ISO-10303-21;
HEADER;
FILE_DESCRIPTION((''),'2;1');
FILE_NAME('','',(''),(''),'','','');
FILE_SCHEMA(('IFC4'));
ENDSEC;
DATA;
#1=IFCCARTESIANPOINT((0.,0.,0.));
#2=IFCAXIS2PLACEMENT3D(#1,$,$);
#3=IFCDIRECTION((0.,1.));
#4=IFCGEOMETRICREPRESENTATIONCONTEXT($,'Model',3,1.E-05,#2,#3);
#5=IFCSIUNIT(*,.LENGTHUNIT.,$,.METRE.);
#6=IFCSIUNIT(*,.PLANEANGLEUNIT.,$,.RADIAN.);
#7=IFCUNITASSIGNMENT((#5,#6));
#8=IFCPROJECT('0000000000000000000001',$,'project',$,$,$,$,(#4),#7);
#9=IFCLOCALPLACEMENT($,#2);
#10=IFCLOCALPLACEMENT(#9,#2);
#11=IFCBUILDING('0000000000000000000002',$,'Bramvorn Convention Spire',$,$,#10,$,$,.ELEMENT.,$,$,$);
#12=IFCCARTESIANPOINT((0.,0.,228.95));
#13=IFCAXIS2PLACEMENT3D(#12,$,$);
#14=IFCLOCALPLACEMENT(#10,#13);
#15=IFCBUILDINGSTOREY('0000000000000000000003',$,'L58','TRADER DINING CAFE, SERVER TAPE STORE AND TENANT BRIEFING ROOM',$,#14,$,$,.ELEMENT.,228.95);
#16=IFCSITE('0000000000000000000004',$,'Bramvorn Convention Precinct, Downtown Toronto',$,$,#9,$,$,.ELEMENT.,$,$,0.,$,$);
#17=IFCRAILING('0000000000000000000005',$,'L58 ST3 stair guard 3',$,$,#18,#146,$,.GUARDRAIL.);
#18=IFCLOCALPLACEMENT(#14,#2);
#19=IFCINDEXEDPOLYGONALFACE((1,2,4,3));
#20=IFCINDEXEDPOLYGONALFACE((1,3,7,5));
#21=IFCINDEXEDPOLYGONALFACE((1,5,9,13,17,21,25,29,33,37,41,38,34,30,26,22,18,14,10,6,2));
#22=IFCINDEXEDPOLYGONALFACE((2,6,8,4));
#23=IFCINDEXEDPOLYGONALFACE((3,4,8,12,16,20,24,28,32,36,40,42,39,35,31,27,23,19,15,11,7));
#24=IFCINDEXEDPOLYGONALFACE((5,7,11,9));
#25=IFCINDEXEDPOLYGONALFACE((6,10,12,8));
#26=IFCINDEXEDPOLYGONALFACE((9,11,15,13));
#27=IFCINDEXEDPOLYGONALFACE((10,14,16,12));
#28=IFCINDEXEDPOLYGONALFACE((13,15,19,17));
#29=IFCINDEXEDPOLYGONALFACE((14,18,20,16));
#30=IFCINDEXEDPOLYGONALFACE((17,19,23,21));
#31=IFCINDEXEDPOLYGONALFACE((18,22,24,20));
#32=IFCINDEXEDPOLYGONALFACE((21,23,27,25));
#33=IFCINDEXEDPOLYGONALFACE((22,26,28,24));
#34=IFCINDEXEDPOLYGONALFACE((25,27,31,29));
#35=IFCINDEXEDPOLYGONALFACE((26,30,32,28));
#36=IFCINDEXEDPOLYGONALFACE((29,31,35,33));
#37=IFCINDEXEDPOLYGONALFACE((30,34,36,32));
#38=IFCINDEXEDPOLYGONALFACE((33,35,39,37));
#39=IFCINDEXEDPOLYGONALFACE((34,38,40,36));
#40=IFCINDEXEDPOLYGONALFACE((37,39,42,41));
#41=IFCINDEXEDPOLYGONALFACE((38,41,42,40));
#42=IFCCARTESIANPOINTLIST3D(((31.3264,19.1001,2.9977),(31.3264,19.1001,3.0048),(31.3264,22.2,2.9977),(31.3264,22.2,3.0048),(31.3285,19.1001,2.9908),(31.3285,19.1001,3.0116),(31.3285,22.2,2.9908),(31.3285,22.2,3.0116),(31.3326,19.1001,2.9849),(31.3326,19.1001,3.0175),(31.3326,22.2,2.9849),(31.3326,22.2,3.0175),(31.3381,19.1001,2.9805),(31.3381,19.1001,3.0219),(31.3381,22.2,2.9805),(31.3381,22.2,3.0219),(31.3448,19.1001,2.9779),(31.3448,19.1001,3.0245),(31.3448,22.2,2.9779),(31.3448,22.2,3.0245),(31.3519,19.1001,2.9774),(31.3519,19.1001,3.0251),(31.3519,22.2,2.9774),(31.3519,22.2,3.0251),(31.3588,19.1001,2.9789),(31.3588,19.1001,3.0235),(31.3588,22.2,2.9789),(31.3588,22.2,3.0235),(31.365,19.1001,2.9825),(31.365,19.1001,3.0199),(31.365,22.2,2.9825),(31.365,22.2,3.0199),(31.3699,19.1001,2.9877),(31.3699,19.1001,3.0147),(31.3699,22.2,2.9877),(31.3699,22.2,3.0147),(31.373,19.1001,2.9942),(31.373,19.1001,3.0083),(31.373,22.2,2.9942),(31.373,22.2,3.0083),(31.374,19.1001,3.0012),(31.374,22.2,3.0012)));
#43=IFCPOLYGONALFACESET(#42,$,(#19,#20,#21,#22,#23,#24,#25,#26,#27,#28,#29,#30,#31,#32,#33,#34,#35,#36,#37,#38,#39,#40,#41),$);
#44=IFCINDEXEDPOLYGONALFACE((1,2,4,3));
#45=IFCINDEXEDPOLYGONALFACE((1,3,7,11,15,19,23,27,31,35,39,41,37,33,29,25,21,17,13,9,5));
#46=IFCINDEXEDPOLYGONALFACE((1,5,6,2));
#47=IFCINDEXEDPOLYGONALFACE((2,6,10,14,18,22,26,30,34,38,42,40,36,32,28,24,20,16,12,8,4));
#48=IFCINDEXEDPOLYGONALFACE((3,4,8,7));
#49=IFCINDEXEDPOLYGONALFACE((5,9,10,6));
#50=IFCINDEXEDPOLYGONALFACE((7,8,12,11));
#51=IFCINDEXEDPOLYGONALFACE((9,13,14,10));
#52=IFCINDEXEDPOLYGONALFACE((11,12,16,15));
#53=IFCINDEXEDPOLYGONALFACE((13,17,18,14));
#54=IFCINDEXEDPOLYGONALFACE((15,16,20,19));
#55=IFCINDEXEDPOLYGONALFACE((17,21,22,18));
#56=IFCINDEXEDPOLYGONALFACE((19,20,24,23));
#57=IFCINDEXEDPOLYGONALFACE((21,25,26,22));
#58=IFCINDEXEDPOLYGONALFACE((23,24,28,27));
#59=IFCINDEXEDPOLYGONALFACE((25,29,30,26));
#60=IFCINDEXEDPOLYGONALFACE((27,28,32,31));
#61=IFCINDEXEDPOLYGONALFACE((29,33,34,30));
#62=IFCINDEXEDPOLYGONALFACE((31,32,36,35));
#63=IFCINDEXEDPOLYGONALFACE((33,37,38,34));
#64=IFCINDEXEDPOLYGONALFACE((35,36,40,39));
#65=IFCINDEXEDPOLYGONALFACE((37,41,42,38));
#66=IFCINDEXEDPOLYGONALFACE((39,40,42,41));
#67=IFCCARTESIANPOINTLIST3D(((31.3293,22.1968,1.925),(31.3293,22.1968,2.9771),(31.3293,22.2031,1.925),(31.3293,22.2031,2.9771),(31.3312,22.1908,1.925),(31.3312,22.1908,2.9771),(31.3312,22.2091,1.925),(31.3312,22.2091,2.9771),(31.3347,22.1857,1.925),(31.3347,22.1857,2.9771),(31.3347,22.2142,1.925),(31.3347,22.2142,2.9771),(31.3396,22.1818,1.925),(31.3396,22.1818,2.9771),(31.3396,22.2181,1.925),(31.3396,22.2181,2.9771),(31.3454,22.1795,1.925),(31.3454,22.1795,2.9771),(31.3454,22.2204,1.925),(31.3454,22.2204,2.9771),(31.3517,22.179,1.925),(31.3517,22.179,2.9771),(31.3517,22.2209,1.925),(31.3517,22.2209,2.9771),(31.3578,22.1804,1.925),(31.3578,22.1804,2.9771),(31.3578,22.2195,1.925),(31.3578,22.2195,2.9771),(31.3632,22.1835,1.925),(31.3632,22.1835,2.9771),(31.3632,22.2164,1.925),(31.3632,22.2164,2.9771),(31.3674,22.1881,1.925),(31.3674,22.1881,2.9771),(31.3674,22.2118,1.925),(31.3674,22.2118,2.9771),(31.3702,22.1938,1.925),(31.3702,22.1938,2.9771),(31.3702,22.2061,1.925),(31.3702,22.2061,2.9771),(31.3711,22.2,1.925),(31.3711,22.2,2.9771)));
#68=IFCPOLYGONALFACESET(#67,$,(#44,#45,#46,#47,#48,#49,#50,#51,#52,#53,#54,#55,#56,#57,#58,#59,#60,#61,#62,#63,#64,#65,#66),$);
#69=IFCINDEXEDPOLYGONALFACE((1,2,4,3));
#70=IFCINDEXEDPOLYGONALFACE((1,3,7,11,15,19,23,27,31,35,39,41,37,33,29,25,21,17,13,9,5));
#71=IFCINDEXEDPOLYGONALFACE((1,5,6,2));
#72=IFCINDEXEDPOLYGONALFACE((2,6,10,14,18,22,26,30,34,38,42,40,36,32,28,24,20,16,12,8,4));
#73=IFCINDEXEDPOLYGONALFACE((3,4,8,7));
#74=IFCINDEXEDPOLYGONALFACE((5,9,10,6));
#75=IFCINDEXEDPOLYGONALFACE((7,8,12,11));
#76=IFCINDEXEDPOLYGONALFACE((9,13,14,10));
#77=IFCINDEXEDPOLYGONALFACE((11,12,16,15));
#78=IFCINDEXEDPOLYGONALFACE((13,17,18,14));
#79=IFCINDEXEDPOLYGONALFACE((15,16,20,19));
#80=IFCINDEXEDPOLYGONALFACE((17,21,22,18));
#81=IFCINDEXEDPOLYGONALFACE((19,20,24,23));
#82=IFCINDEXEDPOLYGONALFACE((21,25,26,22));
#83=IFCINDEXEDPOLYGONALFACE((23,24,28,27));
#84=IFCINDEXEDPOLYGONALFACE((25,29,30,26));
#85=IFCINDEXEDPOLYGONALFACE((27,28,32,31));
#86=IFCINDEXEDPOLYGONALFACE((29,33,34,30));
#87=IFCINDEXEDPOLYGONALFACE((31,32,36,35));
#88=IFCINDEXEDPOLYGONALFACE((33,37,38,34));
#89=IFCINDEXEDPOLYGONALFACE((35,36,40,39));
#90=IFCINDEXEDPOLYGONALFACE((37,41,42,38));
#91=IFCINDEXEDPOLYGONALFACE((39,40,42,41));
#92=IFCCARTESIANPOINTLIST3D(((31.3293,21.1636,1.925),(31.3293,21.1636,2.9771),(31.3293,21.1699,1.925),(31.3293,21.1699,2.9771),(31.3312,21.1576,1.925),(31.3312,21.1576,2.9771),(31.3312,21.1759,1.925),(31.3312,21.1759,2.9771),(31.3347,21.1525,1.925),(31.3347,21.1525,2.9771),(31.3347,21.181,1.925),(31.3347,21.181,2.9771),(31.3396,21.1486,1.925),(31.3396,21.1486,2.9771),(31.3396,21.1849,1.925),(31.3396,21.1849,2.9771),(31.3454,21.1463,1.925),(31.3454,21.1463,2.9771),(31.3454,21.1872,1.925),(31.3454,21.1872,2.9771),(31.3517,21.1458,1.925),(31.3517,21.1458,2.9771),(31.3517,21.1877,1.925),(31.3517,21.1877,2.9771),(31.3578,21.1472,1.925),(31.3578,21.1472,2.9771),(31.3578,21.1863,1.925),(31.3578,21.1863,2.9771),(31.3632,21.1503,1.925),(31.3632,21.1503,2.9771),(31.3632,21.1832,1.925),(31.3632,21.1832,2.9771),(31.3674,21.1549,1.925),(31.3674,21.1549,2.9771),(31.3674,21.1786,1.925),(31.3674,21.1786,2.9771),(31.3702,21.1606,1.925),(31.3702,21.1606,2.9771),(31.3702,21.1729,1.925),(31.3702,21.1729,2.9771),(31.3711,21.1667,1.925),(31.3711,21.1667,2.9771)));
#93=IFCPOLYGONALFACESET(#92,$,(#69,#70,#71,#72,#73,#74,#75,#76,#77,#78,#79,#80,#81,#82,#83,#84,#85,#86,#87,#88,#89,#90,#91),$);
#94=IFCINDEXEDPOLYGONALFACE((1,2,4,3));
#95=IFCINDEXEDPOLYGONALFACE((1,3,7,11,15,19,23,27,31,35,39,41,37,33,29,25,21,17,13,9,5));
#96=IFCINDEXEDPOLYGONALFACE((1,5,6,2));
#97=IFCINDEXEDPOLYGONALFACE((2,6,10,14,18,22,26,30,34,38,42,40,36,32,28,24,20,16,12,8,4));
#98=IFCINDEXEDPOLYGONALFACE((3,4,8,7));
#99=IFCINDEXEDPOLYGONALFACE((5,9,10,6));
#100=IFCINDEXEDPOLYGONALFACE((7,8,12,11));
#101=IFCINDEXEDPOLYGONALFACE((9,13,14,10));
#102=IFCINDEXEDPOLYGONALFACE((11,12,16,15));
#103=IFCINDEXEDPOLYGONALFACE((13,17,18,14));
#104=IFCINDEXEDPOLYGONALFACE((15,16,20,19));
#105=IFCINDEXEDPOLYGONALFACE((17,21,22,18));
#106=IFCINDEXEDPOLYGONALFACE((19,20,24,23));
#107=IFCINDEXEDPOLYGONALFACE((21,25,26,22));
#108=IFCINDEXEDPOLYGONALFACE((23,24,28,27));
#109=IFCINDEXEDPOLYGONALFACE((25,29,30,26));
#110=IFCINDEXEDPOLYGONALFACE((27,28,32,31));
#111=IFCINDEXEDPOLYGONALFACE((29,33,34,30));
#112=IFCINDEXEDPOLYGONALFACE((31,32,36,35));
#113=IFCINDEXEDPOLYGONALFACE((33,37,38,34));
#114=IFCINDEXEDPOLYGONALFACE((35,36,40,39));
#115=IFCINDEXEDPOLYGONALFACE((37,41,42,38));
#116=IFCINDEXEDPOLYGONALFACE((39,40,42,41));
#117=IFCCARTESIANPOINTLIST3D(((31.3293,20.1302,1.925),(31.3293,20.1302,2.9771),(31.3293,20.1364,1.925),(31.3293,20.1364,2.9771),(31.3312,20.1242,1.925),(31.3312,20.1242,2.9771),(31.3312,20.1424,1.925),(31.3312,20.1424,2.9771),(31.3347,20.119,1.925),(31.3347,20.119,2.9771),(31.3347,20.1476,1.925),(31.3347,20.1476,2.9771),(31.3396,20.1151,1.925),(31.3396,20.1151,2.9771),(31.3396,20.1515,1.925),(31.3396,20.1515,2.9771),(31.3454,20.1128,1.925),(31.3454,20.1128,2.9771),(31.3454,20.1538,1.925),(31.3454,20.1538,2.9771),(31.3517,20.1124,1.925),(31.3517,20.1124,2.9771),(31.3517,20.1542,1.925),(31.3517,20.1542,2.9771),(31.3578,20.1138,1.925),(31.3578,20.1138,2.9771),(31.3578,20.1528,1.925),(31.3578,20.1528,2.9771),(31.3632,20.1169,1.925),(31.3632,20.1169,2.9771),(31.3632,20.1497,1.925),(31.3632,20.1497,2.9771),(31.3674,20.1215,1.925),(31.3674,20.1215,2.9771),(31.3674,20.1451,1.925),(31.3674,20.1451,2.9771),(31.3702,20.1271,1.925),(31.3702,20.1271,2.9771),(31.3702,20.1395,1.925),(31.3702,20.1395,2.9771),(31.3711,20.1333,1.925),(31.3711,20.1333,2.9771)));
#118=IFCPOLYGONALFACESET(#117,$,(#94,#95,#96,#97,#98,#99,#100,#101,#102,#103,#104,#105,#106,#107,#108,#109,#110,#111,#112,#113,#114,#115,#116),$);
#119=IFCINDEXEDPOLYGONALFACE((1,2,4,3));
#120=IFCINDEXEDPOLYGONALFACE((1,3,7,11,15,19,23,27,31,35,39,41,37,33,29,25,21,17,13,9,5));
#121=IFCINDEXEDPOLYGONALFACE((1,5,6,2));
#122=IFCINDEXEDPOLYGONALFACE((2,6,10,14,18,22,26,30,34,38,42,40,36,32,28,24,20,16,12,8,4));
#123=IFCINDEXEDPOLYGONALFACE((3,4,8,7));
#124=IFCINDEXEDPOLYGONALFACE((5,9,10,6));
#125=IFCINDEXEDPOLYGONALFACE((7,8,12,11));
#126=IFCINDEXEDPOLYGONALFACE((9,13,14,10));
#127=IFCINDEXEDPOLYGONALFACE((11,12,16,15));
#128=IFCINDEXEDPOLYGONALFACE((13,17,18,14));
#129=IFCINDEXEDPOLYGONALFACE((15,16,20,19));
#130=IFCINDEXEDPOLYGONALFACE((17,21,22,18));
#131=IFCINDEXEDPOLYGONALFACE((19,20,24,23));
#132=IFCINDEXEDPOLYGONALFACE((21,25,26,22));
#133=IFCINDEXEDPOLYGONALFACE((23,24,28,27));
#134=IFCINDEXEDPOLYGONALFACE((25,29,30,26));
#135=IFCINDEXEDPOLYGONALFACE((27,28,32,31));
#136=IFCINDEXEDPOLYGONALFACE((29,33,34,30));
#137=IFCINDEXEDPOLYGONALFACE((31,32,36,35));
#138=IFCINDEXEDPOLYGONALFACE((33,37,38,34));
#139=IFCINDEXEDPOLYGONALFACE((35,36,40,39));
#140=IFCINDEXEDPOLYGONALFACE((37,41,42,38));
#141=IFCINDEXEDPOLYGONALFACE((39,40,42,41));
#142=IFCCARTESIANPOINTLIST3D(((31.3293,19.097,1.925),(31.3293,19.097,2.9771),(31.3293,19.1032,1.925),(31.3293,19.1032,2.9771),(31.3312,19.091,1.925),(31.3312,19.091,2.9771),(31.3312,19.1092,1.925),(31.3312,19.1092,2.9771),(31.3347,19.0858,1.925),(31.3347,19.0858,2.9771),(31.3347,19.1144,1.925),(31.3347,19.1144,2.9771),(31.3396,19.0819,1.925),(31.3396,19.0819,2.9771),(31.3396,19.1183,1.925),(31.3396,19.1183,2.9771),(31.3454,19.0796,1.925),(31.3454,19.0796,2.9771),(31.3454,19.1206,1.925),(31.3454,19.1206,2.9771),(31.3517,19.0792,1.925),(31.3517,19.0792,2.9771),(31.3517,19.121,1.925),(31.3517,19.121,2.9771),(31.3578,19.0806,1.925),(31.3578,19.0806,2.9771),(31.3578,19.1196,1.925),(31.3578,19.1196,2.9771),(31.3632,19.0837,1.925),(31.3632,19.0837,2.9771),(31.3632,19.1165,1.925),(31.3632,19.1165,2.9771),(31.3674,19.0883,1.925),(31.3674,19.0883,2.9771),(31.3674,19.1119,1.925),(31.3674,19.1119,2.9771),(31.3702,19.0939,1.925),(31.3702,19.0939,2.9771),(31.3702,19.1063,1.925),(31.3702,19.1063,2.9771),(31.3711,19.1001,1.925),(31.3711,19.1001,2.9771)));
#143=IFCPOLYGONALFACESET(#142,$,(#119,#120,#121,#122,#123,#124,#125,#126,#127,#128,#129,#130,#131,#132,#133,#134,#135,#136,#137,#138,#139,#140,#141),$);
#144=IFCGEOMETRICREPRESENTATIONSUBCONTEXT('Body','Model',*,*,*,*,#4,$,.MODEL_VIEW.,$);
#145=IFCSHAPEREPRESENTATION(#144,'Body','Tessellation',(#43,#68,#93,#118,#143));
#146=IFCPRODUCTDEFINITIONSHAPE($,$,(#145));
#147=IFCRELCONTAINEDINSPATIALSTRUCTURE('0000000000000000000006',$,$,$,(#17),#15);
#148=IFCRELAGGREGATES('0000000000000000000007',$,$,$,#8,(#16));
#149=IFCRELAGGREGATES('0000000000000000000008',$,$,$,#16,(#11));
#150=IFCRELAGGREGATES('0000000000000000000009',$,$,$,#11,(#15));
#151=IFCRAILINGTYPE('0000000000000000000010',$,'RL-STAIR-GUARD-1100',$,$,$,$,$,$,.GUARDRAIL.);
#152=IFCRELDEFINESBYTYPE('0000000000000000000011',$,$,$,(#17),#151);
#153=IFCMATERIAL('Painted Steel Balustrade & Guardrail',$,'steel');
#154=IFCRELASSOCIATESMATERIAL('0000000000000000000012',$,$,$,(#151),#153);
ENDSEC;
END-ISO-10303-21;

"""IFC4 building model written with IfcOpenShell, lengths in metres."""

from ifc_helpers import new_model, si_unit, direction, frame, origin, origin_2d, place, context, subcontext, project, spatial, circle, extrude, material, type_object, element, save


model = new_model("IFC4")

# Units and contexts
model_context = context("Model", 3, precision=1e-05, world=origin(), true_north=direction((0.0, 1.0)))
body_context = subcontext(model_context, "Body", "Model", "MODEL_VIEW")
ifc_project = project(units=[si_unit("LENGTHUNIT", "METRE"), si_unit("PLANEANGLEUNIT", "RADIAN")], contexts=[model_context])

# Site, building, storey
site_placement = place(None, origin())
site = spatial("IfcSite", under=ifc_project, at=site_placement, Name="Bramvorn Convention Precinct, Downtown Toronto", CompositionType="ELEMENT", RefElevation=0.0)
building_placement = place(site_placement, origin())
building = spatial("IfcBuilding", under=site, at=building_placement, Name="Bramvorn Convention Spire", CompositionType="ELEMENT")
storey_placement = place(building_placement, frame((0.0, 0.0, 228.95)))
storey = spatial("IfcBuildingStorey", under=building, at=storey_placement, Name="L58", Description="TRADER DINING CAFE, SERVER TAPE STORE AND TENANT BRIEFING ROOM", CompositionType="ELEMENT", Elevation=228.95)

# Railing
ifc_material_1 = material(Name="Painted Steel Balustrade & Guardrail", Category="steel")
railing_type_1 = type_object("IfcRailingType", Name="RL-STAIR-GUARD-1100", PredefinedType="GUARDRAIL", material=ifc_material_1)
for number, where, name in (
    (1, (31.3501, 22.2, 1.925), "L58 ST3 stair guard 3"),
):
    element("IfcRailing", number, at=place(storey_placement, frame(where)), inside=storey, type_object=railing_type_1, Name=name, PredefinedType="GUARDRAIL", context=body_context, shape_type="SweptSolid", body=[
        extrude(circle(Radius=0.0239, at=origin_2d()), frame((0.0, 0.0, 1.0762), z_axis=(0.0, -1.0, 0.0), x_axis=(1.0, 0.0, 0.0)), (0.0, 0.0, 1.0), 3.0999),
        extrude(circle(Radius=0.021, at=origin_2d()), origin(), (0.0, 0.0, 1.0), 1.052),
        extrude(circle(Radius=0.021, at=origin_2d()), frame((0.0, -1.0332, 0.0)), (0.0, 0.0, 1.0), 1.052),
        extrude(circle(Radius=0.021, at=origin_2d()), frame((0.0, -2.0667, 0.0)), (0.0, 0.0, 1.0), 1.052),
        extrude(circle(Radius=0.021, at=origin_2d()), frame((0.0, -3.0999, 0.0)), (0.0, 0.0, 1.0), 1.052),
    ])

save(model, "model.ifc")
